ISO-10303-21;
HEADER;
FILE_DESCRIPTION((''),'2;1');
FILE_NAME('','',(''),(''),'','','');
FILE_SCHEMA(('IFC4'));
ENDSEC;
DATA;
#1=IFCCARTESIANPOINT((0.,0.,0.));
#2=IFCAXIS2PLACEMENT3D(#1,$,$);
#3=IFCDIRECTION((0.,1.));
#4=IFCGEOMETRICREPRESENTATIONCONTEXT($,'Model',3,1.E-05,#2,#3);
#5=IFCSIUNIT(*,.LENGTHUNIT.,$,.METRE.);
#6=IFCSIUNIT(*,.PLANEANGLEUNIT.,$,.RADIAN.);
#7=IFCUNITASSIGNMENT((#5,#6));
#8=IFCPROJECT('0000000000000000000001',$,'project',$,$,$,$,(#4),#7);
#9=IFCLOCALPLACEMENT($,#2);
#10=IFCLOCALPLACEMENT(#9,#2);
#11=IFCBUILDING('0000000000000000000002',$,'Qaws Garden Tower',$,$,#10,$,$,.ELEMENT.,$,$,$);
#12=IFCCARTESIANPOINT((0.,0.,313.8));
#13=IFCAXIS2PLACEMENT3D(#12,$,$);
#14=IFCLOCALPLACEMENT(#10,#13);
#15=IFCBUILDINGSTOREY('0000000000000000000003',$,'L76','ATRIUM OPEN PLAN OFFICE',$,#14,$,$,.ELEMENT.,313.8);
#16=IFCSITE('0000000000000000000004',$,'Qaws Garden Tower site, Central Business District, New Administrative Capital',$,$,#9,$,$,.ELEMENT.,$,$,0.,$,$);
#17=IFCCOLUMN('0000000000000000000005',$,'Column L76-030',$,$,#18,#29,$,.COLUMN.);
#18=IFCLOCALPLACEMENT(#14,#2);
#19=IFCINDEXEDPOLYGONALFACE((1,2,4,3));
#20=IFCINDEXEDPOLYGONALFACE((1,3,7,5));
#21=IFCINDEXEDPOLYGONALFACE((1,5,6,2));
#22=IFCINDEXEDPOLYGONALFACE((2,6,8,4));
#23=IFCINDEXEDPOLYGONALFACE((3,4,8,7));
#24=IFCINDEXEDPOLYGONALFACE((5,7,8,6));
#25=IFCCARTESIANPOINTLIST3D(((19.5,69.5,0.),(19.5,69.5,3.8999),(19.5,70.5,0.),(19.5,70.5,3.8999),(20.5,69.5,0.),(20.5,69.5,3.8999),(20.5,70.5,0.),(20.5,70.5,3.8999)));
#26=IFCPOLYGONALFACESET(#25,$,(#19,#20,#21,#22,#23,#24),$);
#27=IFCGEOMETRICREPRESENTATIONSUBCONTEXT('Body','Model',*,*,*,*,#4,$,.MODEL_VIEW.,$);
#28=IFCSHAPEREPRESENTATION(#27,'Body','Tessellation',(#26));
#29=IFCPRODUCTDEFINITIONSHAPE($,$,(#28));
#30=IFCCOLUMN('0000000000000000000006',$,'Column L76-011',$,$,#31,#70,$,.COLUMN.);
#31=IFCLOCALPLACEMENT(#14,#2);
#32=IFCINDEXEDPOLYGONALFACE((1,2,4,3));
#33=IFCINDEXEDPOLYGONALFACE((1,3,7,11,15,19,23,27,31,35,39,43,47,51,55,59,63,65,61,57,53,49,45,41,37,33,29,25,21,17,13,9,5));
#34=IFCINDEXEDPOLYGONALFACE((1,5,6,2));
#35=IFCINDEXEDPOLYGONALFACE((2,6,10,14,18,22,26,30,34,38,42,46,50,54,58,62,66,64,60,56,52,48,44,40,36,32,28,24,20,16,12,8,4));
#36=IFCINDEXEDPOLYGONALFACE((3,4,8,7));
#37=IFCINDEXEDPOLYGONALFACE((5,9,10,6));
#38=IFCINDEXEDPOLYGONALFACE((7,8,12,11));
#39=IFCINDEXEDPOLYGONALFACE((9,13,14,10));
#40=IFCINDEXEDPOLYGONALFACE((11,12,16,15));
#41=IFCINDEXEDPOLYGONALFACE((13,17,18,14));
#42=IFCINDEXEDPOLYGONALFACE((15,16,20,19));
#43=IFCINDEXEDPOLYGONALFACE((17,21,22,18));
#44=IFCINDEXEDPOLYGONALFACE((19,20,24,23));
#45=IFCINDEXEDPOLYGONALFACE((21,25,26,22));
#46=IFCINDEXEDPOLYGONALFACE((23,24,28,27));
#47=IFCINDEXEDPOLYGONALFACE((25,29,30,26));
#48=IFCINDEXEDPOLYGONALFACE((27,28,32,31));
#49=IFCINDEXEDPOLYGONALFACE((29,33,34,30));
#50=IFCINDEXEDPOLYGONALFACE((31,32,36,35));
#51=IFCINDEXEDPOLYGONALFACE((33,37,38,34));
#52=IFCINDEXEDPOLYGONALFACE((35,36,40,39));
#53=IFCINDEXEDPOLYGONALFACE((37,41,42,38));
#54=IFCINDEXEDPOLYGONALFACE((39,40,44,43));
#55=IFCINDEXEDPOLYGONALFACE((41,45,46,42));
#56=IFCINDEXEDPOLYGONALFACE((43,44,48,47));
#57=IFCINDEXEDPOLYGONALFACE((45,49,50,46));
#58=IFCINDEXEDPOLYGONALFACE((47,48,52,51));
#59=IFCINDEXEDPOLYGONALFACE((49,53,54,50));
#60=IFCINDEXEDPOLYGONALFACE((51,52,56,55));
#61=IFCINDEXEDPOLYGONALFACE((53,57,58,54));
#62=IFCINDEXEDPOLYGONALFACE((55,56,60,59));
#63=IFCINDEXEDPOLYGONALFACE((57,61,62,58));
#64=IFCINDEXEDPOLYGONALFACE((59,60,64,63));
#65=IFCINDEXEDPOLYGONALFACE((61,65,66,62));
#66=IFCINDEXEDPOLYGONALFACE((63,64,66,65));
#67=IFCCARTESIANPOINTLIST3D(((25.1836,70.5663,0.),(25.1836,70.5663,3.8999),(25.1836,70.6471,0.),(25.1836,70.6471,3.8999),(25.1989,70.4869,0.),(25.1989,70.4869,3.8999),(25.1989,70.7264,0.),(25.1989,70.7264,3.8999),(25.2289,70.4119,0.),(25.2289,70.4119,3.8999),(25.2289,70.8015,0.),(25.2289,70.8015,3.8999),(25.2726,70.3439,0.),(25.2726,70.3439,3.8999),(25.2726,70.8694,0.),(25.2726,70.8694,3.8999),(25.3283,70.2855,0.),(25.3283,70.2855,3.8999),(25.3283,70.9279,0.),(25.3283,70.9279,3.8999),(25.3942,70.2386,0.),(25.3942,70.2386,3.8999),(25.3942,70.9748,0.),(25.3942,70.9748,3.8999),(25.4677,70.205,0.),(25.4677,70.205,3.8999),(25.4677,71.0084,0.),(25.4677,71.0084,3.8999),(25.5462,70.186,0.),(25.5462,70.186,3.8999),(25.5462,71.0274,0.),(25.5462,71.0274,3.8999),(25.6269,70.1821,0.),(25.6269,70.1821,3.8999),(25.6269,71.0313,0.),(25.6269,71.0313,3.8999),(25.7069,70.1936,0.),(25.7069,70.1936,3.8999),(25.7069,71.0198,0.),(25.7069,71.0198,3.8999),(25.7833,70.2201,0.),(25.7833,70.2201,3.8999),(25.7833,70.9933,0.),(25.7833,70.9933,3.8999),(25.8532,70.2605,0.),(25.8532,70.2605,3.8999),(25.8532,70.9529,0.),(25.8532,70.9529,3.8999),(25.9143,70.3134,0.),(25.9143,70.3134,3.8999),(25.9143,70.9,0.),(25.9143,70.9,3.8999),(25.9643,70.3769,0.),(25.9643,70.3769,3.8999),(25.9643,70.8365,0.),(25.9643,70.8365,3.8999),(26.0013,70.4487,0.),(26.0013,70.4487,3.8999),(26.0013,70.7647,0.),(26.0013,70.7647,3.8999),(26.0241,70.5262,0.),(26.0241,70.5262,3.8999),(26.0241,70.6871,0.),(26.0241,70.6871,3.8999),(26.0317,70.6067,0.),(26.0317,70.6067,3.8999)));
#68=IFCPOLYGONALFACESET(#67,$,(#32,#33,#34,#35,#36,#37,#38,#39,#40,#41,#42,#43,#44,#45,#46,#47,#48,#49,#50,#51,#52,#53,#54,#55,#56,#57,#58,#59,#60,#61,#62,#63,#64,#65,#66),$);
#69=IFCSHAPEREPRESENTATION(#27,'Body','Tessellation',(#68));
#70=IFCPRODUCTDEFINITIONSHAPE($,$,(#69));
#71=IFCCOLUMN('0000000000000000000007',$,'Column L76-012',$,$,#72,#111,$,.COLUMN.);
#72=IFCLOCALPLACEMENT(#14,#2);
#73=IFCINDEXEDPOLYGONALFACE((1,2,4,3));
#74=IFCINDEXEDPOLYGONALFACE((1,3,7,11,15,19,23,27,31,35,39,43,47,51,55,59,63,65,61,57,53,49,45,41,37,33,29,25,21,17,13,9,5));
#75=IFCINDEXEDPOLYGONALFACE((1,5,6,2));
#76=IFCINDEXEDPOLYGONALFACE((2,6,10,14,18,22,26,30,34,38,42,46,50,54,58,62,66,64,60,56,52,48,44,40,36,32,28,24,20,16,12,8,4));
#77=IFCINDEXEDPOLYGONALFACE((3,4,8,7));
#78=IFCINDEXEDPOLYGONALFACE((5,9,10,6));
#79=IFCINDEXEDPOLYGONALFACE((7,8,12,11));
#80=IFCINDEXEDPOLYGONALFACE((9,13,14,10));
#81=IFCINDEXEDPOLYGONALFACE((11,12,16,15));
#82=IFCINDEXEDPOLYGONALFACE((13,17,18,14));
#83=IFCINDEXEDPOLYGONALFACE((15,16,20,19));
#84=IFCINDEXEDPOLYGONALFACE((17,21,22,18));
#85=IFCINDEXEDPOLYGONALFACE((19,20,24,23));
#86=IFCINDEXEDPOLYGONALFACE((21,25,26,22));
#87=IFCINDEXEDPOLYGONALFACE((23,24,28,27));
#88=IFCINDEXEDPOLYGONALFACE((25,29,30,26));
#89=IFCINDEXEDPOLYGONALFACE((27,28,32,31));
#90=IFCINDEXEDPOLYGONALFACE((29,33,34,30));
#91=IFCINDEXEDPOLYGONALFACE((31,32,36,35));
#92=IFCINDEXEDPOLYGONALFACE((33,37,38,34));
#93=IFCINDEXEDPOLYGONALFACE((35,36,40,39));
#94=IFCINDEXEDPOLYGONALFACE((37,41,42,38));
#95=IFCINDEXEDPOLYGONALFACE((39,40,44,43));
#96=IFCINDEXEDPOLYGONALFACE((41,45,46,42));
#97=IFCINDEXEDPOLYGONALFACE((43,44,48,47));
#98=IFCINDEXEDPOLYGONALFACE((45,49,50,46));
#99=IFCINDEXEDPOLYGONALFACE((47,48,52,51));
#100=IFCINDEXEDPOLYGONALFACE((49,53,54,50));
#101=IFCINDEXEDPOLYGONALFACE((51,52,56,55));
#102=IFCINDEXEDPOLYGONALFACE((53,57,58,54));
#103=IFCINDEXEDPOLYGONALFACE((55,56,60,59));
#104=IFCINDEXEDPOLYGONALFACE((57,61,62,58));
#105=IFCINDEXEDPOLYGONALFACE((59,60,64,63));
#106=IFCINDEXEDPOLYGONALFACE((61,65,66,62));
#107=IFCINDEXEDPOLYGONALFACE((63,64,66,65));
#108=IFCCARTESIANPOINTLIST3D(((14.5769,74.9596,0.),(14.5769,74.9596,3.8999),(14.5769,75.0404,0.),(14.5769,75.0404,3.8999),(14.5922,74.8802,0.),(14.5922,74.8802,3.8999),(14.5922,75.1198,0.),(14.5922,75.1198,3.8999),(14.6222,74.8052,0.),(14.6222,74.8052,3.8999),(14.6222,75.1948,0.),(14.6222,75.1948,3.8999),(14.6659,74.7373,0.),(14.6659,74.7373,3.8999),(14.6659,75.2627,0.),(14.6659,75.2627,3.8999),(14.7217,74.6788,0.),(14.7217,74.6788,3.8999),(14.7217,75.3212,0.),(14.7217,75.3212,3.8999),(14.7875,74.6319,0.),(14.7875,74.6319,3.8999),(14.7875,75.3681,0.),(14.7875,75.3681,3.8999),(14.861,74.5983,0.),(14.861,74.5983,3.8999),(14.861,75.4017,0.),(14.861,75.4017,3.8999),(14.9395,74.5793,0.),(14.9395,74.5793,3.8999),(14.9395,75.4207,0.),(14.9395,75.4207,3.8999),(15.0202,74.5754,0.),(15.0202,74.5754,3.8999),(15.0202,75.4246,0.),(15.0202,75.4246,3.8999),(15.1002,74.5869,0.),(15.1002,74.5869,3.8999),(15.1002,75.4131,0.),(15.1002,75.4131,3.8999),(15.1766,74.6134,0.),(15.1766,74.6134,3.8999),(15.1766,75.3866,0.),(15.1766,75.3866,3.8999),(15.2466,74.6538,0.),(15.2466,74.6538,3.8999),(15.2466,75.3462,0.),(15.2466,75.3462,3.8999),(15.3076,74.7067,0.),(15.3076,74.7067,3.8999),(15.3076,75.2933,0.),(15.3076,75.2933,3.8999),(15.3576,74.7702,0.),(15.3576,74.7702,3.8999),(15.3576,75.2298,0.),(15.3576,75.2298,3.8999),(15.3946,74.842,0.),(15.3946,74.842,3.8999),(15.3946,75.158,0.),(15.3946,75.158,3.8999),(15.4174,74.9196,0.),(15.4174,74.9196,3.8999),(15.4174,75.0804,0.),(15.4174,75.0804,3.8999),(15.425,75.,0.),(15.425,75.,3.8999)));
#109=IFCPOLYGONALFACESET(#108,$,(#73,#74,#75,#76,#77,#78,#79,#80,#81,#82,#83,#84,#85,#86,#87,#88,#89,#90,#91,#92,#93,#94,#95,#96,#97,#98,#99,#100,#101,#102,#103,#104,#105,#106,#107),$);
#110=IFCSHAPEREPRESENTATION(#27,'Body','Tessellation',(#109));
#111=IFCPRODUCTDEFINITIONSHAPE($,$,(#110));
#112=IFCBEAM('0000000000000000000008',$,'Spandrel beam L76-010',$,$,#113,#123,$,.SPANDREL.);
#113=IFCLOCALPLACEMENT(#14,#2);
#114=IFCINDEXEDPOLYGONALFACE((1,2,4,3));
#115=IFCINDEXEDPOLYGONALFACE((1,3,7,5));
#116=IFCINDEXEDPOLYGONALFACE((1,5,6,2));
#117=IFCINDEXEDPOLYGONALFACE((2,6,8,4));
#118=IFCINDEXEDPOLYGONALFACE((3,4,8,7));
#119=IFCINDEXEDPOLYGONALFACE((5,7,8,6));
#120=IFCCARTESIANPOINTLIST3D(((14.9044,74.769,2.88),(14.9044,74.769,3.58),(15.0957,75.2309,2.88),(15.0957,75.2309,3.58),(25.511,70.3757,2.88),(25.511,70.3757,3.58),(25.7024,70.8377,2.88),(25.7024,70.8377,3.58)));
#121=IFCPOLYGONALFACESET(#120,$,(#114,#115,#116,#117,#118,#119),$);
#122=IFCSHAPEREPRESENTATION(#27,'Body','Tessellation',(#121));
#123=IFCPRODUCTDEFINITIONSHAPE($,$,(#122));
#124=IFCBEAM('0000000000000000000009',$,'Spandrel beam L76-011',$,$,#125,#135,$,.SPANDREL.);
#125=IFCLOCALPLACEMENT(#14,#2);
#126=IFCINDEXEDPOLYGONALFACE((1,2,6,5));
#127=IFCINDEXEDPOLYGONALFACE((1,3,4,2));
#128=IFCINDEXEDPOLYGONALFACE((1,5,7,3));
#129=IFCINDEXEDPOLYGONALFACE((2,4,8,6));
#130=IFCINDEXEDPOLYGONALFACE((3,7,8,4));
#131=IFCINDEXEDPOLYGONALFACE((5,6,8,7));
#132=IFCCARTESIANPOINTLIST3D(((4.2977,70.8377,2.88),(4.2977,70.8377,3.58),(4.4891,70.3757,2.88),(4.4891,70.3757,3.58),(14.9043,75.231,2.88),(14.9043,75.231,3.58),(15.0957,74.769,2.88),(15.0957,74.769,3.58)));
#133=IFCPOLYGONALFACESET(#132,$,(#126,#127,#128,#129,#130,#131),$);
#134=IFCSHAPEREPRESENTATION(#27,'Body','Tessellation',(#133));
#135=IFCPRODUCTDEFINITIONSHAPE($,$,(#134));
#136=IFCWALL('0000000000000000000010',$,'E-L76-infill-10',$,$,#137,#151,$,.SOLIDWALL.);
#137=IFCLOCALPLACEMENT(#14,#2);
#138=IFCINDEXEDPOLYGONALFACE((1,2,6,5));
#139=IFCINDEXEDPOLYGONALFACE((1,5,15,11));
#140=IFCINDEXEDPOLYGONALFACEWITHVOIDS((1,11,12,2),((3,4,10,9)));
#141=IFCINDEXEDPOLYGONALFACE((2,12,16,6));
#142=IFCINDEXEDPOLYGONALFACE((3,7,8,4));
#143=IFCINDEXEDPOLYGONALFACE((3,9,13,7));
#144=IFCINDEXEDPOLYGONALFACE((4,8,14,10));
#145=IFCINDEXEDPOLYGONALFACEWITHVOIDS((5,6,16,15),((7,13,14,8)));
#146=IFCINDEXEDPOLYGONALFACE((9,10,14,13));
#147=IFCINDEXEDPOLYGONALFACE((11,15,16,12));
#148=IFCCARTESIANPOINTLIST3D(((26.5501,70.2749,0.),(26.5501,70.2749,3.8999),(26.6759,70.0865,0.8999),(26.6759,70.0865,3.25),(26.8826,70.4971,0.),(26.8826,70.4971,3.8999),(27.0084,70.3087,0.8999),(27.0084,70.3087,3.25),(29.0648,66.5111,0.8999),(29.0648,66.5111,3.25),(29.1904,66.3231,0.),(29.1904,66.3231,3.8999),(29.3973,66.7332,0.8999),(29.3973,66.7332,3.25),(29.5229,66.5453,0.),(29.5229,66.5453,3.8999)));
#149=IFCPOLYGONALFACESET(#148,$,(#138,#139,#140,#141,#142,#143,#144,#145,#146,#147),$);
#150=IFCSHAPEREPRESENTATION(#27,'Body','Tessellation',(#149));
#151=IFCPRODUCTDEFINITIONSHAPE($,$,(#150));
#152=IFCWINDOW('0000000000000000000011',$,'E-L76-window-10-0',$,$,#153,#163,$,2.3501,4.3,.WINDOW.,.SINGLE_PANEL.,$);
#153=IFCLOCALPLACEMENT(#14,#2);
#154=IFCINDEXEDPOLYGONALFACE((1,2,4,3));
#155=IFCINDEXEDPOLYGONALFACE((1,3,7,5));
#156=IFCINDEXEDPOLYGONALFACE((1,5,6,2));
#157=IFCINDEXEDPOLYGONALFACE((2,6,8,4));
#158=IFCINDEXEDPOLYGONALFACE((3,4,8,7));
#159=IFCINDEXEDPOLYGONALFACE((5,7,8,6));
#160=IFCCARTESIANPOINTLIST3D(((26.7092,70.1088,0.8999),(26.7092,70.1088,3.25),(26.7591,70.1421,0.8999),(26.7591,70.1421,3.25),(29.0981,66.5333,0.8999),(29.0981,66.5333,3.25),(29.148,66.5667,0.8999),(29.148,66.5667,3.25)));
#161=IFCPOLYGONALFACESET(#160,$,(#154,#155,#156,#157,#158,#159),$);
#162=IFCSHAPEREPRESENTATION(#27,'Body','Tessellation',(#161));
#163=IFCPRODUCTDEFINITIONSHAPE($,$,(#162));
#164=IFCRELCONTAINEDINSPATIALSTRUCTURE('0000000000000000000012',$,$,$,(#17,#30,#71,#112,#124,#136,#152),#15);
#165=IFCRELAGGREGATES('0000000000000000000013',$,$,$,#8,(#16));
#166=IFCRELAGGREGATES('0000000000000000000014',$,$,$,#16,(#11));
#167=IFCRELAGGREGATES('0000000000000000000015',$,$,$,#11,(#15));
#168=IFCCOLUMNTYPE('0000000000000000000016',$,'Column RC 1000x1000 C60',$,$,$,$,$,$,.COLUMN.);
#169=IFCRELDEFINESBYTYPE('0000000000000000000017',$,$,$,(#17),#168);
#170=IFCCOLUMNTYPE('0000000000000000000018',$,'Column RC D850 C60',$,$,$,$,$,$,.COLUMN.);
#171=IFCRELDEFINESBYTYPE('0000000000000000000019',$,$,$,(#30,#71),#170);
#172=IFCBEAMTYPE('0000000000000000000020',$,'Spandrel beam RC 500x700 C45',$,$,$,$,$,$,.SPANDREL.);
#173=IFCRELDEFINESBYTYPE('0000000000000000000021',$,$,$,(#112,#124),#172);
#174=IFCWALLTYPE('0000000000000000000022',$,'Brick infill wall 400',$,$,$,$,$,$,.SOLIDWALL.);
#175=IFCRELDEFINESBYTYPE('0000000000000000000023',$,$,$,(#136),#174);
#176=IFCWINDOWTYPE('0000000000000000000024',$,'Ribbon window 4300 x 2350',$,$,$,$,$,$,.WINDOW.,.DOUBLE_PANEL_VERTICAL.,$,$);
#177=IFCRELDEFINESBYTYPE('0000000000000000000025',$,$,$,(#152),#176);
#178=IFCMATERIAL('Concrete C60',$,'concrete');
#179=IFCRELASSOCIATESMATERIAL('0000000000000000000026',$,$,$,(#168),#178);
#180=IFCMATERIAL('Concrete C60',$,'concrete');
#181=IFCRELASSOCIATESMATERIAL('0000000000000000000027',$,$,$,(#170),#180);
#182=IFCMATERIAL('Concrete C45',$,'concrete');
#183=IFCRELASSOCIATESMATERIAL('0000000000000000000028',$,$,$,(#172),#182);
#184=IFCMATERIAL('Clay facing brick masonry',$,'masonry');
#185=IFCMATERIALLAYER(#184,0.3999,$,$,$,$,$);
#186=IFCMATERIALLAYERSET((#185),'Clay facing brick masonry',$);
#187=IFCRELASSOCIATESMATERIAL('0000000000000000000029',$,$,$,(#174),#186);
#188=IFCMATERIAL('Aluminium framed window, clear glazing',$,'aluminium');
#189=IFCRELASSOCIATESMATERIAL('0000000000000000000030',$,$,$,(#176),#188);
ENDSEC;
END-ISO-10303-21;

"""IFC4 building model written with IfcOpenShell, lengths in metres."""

from ifc_helpers import new_model, si_unit, direction, frame, frame_2d, origin, origin_2d, place, context, subcontext, project, spatial, rectangle, circle, extrude, material, layer, layer_set, material_profile, profile_set, type_object, element, fill, save


model = new_model("IFC4")

# Units and contexts
model_context = context("Model", 3, precision=1e-05, world=origin(), true_north=direction((0.0, 1.0)))
body_context = subcontext(model_context, "Body", "Model", "MODEL_VIEW")
ifc_project = project(units=[si_unit("LENGTHUNIT", "METRE"), si_unit("PLANEANGLEUNIT", "RADIAN")], contexts=[model_context])

# Site, building, storey
site_placement = place(None, origin())
site = spatial("IfcSite", under=ifc_project, at=site_placement, Name="Qaws Garden Tower site, Central Business District, New Administrative Capital", CompositionType="ELEMENT", RefElevation=0.0)
building_placement = place(site_placement, origin())
building = spatial("IfcBuilding", under=site, at=building_placement, Name="Qaws Garden Tower", CompositionType="ELEMENT")
storey_placement = place(building_placement, frame((0.0, 0.0, 313.8)))
storey = spatial("IfcBuildingStorey", under=building, at=storey_placement, Name="L76", Description="ATRIUM OPEN PLAN OFFICE", CompositionType="ELEMENT", Elevation=313.8)

# Columns
ifc_material_1 = material(Name="Concrete C60", Category="concrete")
ifc_material_profile_1 = material_profile(ifc_material_1, rectangle(XDim=1.0, YDim=1.0, at=origin_2d()), Name="RC 1000x1000")
ifc_profile_set_1 = profile_set([ifc_material_profile_1], Name="Concrete C60")
column_type_1 = type_object("IfcColumnType", Name="Column RC 1000x1000 C60", PredefinedType="COLUMN", material=ifc_profile_set_1)
column_placement = place(storey_placement, frame((20.0, 70.0, 0.0), z_axis=(0.0, 0.0, 1.0), x_axis=(1.0, 0.0, 0.0)))
element("IfcColumn", 1, at=column_placement, inside=storey, type_object=column_type_1, Name="Column L76-030", PredefinedType="COLUMN", context=body_context, shape_type="SweptSolid", body=[
    extrude(rectangle(XDim=1.0, YDim=1.0, at=origin_2d()), origin(), (0.0, 0.0, 1.0), 3.8999),
])
ifc_material_2 = material(Name="Concrete C60", Category="concrete")
ifc_material_profile_2 = material_profile(ifc_material_2, circle(Radius=0.425, at=origin_2d()), Name="RC D850")
ifc_profile_set_2 = profile_set([ifc_material_profile_2], Name="Concrete C60")
column_type_2 = type_object("IfcColumnType", Name="Column RC D850 C60", PredefinedType="COLUMN", material=ifc_profile_set_2)
for number, where, z_axis, x_axis, name in (
    (2, (25.6067, 70.6067, 0.0), (0.0, 0.0, 1.0), (1.0, 0.0, 0.0), "Column L76-011"),
    (3, (15.0, 75.0, 0.0), (0.0, 0.0, 1.0), (1.0, 0.0, 0.0), "Column L76-012"),
):
    element("IfcColumn", number, at=place(storey_placement, frame(where, z_axis=z_axis, x_axis=x_axis)), inside=storey, type_object=column_type_2, Name=name, PredefinedType="COLUMN", context=body_context, shape_type="SweptSolid", body=[
        extrude(circle(Radius=0.425, at=origin_2d()), origin(), (0.0, 0.0, 1.0), 3.8999),
    ])

# Beams
ifc_material_3 = material(Name="Concrete C45", Category="concrete")
ifc_material_profile_3 = material_profile(ifc_material_3, rectangle(XDim=0.5, YDim=0.7, at=origin_2d()), Name="RC 500x700")
ifc_profile_set_3 = profile_set([ifc_material_profile_3], Name="Concrete C45")
beam_type = type_object("IfcBeamType", Name="Spandrel beam RC 500x700 C45", PredefinedType="SPANDREL", material=ifc_profile_set_3)
for number, where, z_axis, x_axis, name in (
    (4, (25.6067, 70.6067, 3.23), (-0.923883, 0.382674, 0.0), (-0.382674, -0.923883, 0.0), "Spandrel beam L76-010"),
    (5, (15.0, 75.0, 3.23), (-0.923883, -0.382674, 0.0), (0.382674, -0.923883, 0.0), "Spandrel beam L76-011"),
):
    element("IfcBeam", number, at=place(storey_placement, frame(where, z_axis=z_axis, x_axis=x_axis)), inside=storey, type_object=beam_type, Name=name, PredefinedType="SPANDREL", context=body_context, shape_type="SweptSolid", body=[
        extrude(rectangle(XDim=0.5, YDim=0.7, at=origin_2d()), origin(), (0.0, 0.0, 1.0), 11.4805),
    ])

# Wall, opening, window
ifc_material_4 = material(Name="Clay facing brick masonry", Category="masonry")
ifc_layer_1 = layer(ifc_material_4, 0.3999)
ifc_layer_set_1 = layer_set([ifc_layer_1], Name="Clay facing brick masonry")
wall_type_1 = type_object("IfcWallType", Name="Brick infill wall 400", PredefinedType="SOLIDWALL", material=ifc_layer_set_1)
wall_1_placement = place(storey_placement, frame((29.3567, 66.4341, 0.0), z_axis=(0.0, 0.0, 1.0), x_axis=(-0.555542, 0.831489, 0.0)))
wall_1 = element("IfcWall", 6, at=wall_1_placement, inside=storey, type_object=wall_type_1, Name="E-L76-infill-10", PredefinedType="SOLIDWALL", context=body_context, shape_type="SweptSolid", body=[
    extrude(rectangle(XDim=4.7527, YDim=0.3999, at=frame_2d((2.3765, 0.0))), origin(), (0.0, 0.0, 1.0), 3.8999),
])
opening_1_placement = place(wall_1_placement, frame((0.2263, 0.0, 0.8999)))
opening_1 = element("IfcOpeningElement", 7, at=opening_1_placement, cuts=wall_1, PredefinedType="OPENING", context=body_context, shape_type="SweptSolid", body=[
    extrude(rectangle(XDim=4.3, YDim=2.3501, at=frame_2d((2.1499, 1.175))), frame((0.0, 0.21, 0.0), z_axis=(0.0, -1.0, 0.0), x_axis=(1.0, 0.0, 0.0)), (0.0, 0.0, 1.0), 0.4199),
])
ifc_material_5 = material(Name="Aluminium framed window, clear glazing", Category="aluminium")
window_type = type_object("IfcWindowType", Name="Ribbon window 4300 x 2350", PartitioningType="DOUBLE_PANEL_VERTICAL", PredefinedType="WINDOW", material=ifc_material_5)
window_1_placement = place(opening_1_placement, origin())
window_1 = element("IfcWindow", 8, at=window_1_placement, inside=storey, type_object=window_type, Name="E-L76-window-10-0", OverallHeight=2.3501, OverallWidth=4.3, PartitioningType="SINGLE_PANEL", PredefinedType="WINDOW", context=body_context, shape_type="SweptSolid", body=[
    extrude(rectangle(XDim=4.3, YDim=2.3501, at=frame_2d((2.1499, 1.175))), frame((0.0, 0.1599, 0.0), z_axis=(0.0, -1.0, 0.0), x_axis=(1.0, 0.0, 0.0)), (0.0, 0.0, 1.0), 0.0601),
])
fill(opening_1, window_1)

save(model, "model.ifc")
